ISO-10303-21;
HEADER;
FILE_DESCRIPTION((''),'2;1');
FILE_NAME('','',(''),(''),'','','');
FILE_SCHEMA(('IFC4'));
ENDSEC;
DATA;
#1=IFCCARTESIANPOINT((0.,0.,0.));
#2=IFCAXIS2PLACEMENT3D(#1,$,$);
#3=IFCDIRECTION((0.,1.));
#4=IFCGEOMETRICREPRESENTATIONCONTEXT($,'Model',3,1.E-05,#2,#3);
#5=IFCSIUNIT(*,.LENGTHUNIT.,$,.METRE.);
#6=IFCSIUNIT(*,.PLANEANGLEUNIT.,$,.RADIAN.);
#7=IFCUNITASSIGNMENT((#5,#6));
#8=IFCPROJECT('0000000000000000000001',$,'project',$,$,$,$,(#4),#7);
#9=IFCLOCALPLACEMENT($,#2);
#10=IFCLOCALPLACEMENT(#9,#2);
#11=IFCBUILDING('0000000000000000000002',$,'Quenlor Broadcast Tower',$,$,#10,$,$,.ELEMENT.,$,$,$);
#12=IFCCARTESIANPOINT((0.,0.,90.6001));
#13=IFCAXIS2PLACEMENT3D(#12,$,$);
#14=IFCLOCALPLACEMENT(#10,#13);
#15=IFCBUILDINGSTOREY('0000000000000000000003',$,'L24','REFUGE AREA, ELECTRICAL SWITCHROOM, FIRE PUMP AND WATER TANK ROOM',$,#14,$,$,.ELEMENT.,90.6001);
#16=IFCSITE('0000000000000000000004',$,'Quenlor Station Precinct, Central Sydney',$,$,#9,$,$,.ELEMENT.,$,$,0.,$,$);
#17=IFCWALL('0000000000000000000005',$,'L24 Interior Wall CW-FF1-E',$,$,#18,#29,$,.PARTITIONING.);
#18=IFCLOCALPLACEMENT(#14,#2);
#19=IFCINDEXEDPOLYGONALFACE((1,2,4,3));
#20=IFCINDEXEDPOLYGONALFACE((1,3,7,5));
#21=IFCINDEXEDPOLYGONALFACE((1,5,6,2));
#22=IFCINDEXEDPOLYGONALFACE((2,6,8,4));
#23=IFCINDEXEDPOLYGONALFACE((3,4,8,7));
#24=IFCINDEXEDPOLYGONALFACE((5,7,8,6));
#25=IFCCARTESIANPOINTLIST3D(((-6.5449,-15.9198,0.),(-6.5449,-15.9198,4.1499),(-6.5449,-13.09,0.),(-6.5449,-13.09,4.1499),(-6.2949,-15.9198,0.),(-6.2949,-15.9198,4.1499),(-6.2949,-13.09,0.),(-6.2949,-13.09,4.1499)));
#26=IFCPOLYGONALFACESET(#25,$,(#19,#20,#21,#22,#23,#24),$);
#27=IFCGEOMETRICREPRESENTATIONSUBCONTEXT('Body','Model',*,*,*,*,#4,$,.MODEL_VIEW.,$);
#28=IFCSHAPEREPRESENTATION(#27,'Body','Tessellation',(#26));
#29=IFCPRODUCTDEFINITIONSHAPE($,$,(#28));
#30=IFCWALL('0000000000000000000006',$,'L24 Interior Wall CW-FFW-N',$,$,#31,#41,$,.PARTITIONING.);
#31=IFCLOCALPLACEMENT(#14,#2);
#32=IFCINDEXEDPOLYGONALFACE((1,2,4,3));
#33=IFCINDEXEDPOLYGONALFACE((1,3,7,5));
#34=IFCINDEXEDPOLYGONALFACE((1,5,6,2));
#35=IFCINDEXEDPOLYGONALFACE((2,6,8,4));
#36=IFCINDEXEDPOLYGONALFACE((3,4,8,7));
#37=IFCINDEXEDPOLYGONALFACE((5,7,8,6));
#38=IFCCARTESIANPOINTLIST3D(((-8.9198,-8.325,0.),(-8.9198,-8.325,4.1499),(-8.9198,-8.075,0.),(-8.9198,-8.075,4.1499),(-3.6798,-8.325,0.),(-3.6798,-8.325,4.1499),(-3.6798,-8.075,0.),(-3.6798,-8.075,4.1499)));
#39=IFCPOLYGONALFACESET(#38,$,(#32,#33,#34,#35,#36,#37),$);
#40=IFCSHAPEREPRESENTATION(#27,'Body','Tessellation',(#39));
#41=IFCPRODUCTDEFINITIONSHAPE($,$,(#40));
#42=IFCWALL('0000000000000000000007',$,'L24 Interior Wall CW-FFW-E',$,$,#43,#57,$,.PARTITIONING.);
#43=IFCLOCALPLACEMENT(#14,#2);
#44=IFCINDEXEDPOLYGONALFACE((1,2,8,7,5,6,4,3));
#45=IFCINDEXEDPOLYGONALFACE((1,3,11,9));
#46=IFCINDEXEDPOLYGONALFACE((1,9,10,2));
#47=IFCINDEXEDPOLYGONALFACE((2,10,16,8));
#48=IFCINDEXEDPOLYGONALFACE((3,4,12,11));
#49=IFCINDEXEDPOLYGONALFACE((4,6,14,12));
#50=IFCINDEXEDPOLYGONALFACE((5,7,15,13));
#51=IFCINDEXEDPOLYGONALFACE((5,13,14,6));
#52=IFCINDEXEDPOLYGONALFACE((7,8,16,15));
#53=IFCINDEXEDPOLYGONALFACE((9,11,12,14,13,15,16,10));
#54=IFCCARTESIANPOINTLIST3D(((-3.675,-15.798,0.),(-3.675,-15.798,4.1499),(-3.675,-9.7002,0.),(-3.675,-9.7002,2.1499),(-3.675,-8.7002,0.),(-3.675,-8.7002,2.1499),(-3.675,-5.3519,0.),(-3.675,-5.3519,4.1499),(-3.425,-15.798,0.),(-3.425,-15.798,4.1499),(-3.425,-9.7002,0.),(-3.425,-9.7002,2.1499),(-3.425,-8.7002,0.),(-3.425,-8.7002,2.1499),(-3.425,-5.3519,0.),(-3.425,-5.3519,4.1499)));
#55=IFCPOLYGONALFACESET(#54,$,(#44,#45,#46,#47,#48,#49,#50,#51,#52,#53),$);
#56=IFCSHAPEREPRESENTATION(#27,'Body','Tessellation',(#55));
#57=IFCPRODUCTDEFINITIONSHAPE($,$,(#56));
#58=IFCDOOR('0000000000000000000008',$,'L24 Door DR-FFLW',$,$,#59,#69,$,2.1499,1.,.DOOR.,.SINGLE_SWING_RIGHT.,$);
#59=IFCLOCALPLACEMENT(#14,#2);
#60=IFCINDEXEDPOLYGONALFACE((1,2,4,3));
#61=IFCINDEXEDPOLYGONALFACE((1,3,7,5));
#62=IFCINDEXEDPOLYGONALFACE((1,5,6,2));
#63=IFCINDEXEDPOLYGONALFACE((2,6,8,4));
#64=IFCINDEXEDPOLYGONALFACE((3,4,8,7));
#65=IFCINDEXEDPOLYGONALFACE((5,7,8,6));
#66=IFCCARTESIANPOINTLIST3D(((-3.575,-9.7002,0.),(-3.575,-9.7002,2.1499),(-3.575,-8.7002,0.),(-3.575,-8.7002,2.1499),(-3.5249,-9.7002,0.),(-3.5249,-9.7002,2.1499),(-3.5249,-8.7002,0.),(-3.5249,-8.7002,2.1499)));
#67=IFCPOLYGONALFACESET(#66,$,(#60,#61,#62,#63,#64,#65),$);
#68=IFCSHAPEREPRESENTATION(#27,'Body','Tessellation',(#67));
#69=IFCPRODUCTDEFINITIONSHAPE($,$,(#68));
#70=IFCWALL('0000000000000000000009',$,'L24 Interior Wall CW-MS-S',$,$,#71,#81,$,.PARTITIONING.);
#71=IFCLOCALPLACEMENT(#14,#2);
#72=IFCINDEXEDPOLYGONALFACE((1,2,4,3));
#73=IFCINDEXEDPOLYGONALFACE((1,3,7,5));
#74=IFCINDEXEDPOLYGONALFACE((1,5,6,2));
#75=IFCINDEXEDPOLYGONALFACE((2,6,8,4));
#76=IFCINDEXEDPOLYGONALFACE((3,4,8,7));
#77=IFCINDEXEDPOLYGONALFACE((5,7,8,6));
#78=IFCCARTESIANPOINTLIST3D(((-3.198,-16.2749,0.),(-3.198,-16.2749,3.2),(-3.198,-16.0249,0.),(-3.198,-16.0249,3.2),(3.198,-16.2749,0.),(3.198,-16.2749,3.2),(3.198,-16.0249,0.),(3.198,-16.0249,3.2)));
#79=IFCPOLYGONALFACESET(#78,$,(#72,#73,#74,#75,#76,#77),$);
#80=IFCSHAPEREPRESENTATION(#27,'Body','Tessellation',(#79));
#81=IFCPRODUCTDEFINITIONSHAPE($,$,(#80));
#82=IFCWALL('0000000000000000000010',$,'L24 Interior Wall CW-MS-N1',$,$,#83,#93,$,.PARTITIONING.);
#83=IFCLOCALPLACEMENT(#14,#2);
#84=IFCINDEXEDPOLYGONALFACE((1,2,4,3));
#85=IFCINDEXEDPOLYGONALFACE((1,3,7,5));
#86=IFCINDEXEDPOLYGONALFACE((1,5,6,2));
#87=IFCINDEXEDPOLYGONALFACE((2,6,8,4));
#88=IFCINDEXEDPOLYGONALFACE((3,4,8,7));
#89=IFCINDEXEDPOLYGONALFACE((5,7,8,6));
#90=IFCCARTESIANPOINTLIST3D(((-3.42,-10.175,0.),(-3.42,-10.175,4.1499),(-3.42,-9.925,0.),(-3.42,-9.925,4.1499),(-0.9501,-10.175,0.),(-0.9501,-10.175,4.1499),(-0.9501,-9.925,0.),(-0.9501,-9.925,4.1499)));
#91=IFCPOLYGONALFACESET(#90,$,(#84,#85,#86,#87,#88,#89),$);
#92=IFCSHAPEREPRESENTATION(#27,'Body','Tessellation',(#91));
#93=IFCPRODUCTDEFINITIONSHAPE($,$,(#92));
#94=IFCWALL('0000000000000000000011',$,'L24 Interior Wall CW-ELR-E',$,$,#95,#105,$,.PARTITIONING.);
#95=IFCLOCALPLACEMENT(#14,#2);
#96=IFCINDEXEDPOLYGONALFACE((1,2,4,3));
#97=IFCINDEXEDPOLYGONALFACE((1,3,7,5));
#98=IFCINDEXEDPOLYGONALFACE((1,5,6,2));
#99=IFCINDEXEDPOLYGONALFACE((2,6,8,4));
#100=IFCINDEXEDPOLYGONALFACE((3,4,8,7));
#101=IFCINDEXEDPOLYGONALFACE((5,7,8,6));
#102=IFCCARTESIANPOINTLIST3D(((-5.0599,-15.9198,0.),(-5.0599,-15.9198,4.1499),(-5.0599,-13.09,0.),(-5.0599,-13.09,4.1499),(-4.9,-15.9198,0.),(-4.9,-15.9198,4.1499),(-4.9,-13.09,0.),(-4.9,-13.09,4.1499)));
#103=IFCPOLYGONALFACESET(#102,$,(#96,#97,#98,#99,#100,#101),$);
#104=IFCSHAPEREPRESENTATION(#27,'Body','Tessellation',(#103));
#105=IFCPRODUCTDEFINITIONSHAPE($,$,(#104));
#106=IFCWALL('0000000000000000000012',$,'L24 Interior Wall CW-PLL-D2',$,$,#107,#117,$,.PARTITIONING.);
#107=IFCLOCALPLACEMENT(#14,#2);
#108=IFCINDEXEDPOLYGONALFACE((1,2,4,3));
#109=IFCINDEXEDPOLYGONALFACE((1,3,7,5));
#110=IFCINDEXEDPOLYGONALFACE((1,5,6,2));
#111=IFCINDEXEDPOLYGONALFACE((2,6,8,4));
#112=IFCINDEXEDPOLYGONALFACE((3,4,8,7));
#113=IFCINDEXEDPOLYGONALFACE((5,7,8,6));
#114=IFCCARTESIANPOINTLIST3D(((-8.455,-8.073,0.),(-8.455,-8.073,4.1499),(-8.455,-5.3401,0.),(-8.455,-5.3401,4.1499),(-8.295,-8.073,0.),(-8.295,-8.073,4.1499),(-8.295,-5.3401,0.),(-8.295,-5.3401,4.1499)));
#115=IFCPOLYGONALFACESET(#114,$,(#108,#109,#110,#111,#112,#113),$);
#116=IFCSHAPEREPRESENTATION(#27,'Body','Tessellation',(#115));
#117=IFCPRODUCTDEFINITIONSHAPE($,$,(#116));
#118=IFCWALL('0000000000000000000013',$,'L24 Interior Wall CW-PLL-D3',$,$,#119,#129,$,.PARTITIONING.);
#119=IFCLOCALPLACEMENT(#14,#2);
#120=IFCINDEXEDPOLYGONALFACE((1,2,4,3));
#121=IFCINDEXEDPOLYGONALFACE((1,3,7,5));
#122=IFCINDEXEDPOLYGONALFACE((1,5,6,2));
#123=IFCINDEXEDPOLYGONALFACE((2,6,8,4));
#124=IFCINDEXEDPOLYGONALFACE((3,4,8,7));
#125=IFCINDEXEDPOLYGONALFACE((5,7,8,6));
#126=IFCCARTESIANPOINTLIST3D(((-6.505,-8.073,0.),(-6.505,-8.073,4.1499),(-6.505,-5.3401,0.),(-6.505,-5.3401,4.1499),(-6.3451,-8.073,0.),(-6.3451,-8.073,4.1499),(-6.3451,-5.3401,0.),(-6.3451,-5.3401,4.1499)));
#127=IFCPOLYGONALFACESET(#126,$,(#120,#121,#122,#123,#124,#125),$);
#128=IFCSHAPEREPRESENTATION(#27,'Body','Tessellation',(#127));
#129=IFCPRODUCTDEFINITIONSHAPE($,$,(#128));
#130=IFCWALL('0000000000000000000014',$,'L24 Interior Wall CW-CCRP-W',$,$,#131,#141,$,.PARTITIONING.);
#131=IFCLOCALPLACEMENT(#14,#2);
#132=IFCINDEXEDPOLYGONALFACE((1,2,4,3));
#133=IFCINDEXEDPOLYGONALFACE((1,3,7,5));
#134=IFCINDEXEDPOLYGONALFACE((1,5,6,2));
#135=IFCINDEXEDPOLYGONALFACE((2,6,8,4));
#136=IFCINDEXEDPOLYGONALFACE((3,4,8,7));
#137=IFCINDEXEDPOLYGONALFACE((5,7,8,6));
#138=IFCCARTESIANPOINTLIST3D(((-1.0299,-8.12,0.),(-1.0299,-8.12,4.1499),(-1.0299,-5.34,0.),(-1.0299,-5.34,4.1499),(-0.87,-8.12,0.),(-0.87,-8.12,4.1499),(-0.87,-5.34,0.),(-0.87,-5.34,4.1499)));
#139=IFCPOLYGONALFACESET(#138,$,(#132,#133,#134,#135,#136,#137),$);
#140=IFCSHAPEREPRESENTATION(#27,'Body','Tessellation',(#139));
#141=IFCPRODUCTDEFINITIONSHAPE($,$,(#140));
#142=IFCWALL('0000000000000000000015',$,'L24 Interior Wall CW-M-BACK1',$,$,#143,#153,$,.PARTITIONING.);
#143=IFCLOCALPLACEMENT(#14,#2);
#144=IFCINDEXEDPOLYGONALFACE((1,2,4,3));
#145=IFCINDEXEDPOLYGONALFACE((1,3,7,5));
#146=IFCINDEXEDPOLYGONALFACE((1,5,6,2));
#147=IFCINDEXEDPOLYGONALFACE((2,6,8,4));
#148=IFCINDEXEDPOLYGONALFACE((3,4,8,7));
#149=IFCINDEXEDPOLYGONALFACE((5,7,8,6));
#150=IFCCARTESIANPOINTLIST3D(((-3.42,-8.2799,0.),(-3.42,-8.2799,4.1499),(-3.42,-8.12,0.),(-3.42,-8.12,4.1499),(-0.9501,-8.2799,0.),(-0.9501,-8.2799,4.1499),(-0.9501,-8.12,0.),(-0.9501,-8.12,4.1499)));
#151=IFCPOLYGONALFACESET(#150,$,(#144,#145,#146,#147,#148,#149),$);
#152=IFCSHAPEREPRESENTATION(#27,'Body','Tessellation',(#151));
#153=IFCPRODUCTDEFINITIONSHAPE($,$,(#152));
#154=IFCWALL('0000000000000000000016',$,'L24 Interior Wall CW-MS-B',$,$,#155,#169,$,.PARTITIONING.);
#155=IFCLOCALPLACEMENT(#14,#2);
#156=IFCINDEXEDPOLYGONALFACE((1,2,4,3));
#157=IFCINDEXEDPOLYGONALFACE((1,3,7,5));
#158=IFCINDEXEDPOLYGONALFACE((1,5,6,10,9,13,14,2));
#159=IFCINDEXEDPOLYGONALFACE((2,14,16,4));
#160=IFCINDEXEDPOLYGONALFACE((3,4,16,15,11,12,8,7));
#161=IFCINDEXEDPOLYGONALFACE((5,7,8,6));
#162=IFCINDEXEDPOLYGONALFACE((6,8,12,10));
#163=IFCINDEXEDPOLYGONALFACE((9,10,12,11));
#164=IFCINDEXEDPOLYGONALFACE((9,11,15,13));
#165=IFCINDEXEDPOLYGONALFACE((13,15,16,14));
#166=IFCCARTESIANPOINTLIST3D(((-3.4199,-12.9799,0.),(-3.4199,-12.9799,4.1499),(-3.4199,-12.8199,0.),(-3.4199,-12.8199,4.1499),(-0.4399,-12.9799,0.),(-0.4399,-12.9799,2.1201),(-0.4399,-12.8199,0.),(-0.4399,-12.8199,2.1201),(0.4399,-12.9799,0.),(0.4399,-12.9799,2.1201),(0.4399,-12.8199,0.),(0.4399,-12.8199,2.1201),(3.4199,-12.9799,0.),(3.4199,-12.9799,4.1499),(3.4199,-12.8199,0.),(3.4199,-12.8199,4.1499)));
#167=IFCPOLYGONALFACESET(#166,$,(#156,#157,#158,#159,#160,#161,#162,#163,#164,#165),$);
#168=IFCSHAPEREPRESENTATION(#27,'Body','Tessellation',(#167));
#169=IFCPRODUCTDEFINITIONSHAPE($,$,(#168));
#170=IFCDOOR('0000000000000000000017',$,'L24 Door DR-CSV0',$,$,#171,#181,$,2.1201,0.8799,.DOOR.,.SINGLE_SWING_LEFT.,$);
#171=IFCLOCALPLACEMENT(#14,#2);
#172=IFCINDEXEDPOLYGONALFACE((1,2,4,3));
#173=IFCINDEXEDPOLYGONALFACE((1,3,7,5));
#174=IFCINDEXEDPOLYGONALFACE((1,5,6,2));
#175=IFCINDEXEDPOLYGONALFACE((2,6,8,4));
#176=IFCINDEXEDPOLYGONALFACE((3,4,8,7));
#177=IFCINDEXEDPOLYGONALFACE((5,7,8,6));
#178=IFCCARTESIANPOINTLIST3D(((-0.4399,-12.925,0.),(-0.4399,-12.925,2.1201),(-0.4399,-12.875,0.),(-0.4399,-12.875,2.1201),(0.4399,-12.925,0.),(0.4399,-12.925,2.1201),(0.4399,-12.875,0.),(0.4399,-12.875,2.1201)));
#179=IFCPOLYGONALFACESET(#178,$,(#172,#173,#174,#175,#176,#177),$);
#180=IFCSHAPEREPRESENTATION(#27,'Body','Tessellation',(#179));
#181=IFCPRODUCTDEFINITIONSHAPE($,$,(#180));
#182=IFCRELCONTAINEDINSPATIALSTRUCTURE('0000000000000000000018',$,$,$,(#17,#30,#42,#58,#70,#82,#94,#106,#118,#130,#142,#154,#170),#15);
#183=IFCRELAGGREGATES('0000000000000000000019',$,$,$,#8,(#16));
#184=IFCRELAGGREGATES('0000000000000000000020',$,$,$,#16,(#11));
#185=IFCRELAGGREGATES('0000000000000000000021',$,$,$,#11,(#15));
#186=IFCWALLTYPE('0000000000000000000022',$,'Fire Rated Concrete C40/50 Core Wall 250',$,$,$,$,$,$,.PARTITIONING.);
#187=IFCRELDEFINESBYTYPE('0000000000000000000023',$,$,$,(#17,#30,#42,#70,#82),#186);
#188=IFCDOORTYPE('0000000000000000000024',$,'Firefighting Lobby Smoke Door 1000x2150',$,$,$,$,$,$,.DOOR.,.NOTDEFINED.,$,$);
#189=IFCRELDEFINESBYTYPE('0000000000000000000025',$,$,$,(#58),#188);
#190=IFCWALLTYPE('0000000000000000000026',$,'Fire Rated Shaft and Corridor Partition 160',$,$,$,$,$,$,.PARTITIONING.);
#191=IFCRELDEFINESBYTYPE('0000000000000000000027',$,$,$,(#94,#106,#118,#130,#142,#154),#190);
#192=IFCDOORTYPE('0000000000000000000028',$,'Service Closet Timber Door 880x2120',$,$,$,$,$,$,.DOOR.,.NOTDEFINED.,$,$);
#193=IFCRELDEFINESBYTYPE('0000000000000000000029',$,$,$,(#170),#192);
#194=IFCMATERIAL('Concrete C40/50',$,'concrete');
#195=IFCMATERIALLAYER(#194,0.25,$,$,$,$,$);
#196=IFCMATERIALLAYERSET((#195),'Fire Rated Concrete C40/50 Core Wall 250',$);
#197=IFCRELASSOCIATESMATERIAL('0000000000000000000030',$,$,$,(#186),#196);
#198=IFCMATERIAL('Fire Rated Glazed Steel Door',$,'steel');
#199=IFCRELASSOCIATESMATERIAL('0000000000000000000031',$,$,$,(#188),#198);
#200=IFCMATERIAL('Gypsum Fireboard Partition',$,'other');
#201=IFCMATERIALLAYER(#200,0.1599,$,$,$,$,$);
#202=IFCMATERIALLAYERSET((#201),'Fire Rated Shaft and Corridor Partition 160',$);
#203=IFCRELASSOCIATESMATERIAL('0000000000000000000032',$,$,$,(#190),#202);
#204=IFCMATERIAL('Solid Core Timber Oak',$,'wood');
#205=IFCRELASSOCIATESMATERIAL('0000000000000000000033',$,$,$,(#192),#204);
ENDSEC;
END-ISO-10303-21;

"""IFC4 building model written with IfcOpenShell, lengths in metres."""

from ifc_helpers import new_model, si_unit, direction, frame, frame_2d, origin, place, context, subcontext, project, spatial, rectangle, extrude, material, layer, layer_set, type_object, element, fill, save


model = new_model("IFC4")

# Units and contexts
model_context = context("Model", 3, precision=1e-05, world=origin(), true_north=direction((0.0, 1.0)))
body_context = subcontext(model_context, "Body", "Model", "MODEL_VIEW")
ifc_project = project(units=[si_unit("LENGTHUNIT", "METRE"), si_unit("PLANEANGLEUNIT", "RADIAN")], contexts=[model_context])

# Site, building, storey
site_placement = place(None, origin())
site = spatial("IfcSite", under=ifc_project, at=site_placement, Name="Quenlor Station Precinct, Central Sydney", CompositionType="ELEMENT", RefElevation=0.0)
building_placement = place(site_placement, origin())
building = spatial("IfcBuilding", under=site, at=building_placement, Name="Quenlor Broadcast Tower", CompositionType="ELEMENT")
storey_placement = place(building_placement, frame((0.0, 0.0, 90.6001)))
storey = spatial("IfcBuildingStorey", under=building, at=storey_placement, Name="L24", Description="REFUGE AREA, ELECTRICAL SWITCHROOM, FIRE PUMP AND WATER TANK ROOM", CompositionType="ELEMENT", Elevation=90.6001)

# Shared definitions
ifc_material_1 = material(Name="Concrete C40/50", Category="concrete")
ifc_layer_1 = layer(ifc_material_1, 0.25)
ifc_layer_set_1 = layer_set([ifc_layer_1], Name="Fire Rated Concrete C40/50 Core Wall 250")
wall_type_1 = type_object("IfcWallType", Name="Fire Rated Concrete C40/50 Core Wall 250", PredefinedType="PARTITIONING", material=ifc_layer_set_1)

# Walls
wall_1_placement = place(storey_placement, frame((-6.4199, -15.9199, 0.0), z_axis=(0.0, 0.0, 1.0), x_axis=(0.0, 1.0, 0.0)))
element("IfcWall", 1, at=wall_1_placement, inside=storey, type_object=wall_type_1, Name="L24 Interior Wall CW-FF1-E", PredefinedType="PARTITIONING", context=body_context, shape_type="SweptSolid", body=[
    extrude(rectangle(XDim=2.8298, YDim=0.25, at=frame_2d((1.415, 0.0))), origin(), (0.0, 0.0, 1.0), 4.1499),
])
wall_2_placement = place(storey_placement, frame((-8.9199, -8.2, 0.0), z_axis=(0.0, 0.0, 1.0), x_axis=(1.0, 0.0, 0.0)))
element("IfcWall", 2, at=wall_2_placement, inside=storey, type_object=wall_type_1, Name="L24 Interior Wall CW-FFW-N", PredefinedType="PARTITIONING", context=body_context, shape_type="SweptSolid", body=[
    extrude(rectangle(XDim=5.24, YDim=0.25, at=frame_2d((2.6201, 0.0))), origin(), (0.0, 0.0, 1.0), 4.1499),
])

# Wall, opening, door
wall_3_placement = place(storey_placement, frame((-3.55, -15.7981, 0.0), z_axis=(0.0, 0.0, 1.0), x_axis=(0.0, 1.0, 0.0)))
wall_3 = element("IfcWall", 3, at=wall_3_placement, inside=storey, type_object=wall_type_1, Name="L24 Interior Wall CW-FFW-E", PredefinedType="PARTITIONING", context=body_context, shape_type="SweptSolid", body=[
    extrude(rectangle(XDim=10.446, YDim=0.25, at=frame_2d((5.2231, 0.0))), origin(), (0.0, 0.0, 1.0), 4.1499),
])
opening_1_placement = place(wall_3_placement, frame((6.0979, 0.0, 0.0)))
opening_1 = element("IfcOpeningElement", 4, at=opening_1_placement, cuts=wall_3, PredefinedType="OPENING", context=body_context, shape_type="SweptSolid", body=[
    extrude(rectangle(XDim=1.0, YDim=2.1499, at=frame_2d((0.5, 1.075))), frame((0.0, 0.135, 0.0), z_axis=(0.0, -1.0, 0.0), x_axis=(1.0, 0.0, 0.0)), (0.0, 0.0, 1.0), 0.27),
])
ifc_material_2 = material(Name="Fire Rated Glazed Steel Door", Category="steel")
door_type_1 = type_object("IfcDoorType", Name="Firefighting Lobby Smoke Door 1000x2150", OperationType="NOTDEFINED", PredefinedType="DOOR", material=ifc_material_2)
door_1_placement = place(opening_1_placement, origin())
door_1 = element("IfcDoor", 5, at=door_1_placement, inside=storey, type_object=door_type_1, Name="L24 Door DR-FFLW", OperationType="SINGLE_SWING_RIGHT", OverallHeight=2.1499, OverallWidth=1.0, PredefinedType="DOOR", context=body_context, shape_type="SweptSolid", body=[
    extrude(rectangle(XDim=1.0, YDim=2.1499, at=frame_2d((0.5, 1.075))), frame((0.0, 0.0249, 0.0), z_axis=(0.0, -1.0, 0.0), x_axis=(1.0, 0.0, 0.0)), (0.0, 0.0, 1.0), 0.05),
])
fill(opening_1, door_1)

# Walls
wall_4_placement = place(storey_placement, frame((-3.198, -16.1499, 0.0), z_axis=(0.0, 0.0, 1.0), x_axis=(1.0, 0.0, 0.0)))
element("IfcWall", 6, at=wall_4_placement, inside=storey, type_object=wall_type_1, Name="L24 Interior Wall CW-MS-S", PredefinedType="PARTITIONING", context=body_context, shape_type="SweptSolid", body=[
    extrude(rectangle(XDim=6.396, YDim=0.25, at=frame_2d((3.198, 0.0))), origin(), (0.0, 0.0, 1.0), 3.2),
])
wall_5_placement = place(storey_placement, frame((-3.4199, -10.05, 0.0), z_axis=(0.0, 0.0, 1.0), x_axis=(1.0, 0.0, 0.0)))
element("IfcWall", 7, at=wall_5_placement, inside=storey, type_object=wall_type_1, Name="L24 Interior Wall CW-MS-N1", PredefinedType="PARTITIONING", context=body_context, shape_type="SweptSolid", body=[
    extrude(rectangle(XDim=2.47, YDim=0.25, at=frame_2d((1.2349, 0.0))), origin(), (0.0, 0.0, 1.0), 4.1499),
])
ifc_material_3 = material(Name="Gypsum Fireboard Partition", Category="other")
ifc_layer_2 = layer(ifc_material_3, 0.1599)
ifc_layer_set_2 = layer_set([ifc_layer_2], Name="Fire Rated Shaft and Corridor Partition 160")
wall_type_2 = type_object("IfcWallType", Name="Fire Rated Shaft and Corridor Partition 160", PredefinedType="PARTITIONING", material=ifc_layer_set_2)
wall_6_placement = place(storey_placement, frame((-4.98, -15.9199, 0.0), z_axis=(0.0, 0.0, 1.0), x_axis=(0.0, 1.0, 0.0)))
element("IfcWall", 8, at=wall_6_placement, inside=storey, type_object=wall_type_2, Name="L24 Interior Wall CW-ELR-E", PredefinedType="PARTITIONING", context=body_context, shape_type="SweptSolid", body=[
    extrude(rectangle(XDim=2.8298, YDim=0.1599, at=frame_2d((1.415, 0.0))), origin(), (0.0, 0.0, 1.0), 4.1499),
])
for number, where, z_axis, x_axis, name in (
    (9, (-8.375, -8.073, 0.0), (0.0, 0.0, 1.0), (0.0, 1.0, 0.0), "L24 Interior Wall CW-PLL-D2"),
    (10, (-6.425, -8.073, 0.0), (0.0, 0.0, 1.0), (0.0, 1.0, 0.0), "L24 Interior Wall CW-PLL-D3"),
):
    element("IfcWall", number, at=place(storey_placement, frame(where, z_axis=z_axis, x_axis=x_axis)), inside=storey, type_object=wall_type_2, Name=name, PredefinedType="PARTITIONING", context=body_context, shape_type="SweptSolid", body=[
        extrude(rectangle(XDim=2.7329, YDim=0.1599, at=frame_2d((1.3665, 0.0))), origin(), (0.0, 0.0, 1.0), 4.1499),
    ])
wall_7_placement = place(storey_placement, frame((-0.95, -8.1201, 0.0), z_axis=(0.0, 0.0, 1.0), x_axis=(0.0, 1.0, 0.0)))
element("IfcWall", 11, at=wall_7_placement, inside=storey, type_object=wall_type_2, Name="L24 Interior Wall CW-CCRP-W", PredefinedType="PARTITIONING", context=body_context, shape_type="SweptSolid", body=[
    extrude(rectangle(XDim=2.78, YDim=0.1599, at=frame_2d((1.3901, 0.0))), origin(), (0.0, 0.0, 1.0), 4.1499),
])
wall_8_placement = place(storey_placement, frame((-3.4199, -8.2, 0.0), z_axis=(0.0, 0.0, 1.0), x_axis=(1.0, 0.0, 0.0)))
element("IfcWall", 12, at=wall_8_placement, inside=storey, type_object=wall_type_2, Name="L24 Interior Wall CW-M-BACK1", PredefinedType="PARTITIONING", context=body_context, shape_type="SweptSolid", body=[
    extrude(rectangle(XDim=2.47, YDim=0.1599, at=frame_2d((1.2349, 0.0))), origin(), (0.0, 0.0, 1.0), 4.1499),
])

# Wall, opening, door
wall_9_placement = place(storey_placement, frame((-3.4199, -12.8999, 0.0), z_axis=(0.0, 0.0, 1.0), x_axis=(1.0, 0.0, 0.0)))
wall_9 = element("IfcWall", 13, at=wall_9_placement, inside=storey, type_object=wall_type_2, Name="L24 Interior Wall CW-MS-B", PredefinedType="PARTITIONING", context=body_context, shape_type="SweptSolid", body=[
    extrude(rectangle(XDim=6.8398, YDim=0.1599, at=frame_2d((3.4199, 0.0))), origin(), (0.0, 0.0, 1.0), 4.1499),
])
opening_2_placement = place(wall_9_placement, frame((2.98, 0.0, 0.0)))
opening_2 = element("IfcOpeningElement", 14, at=opening_2_placement, cuts=wall_9, PredefinedType="OPENING", context=body_context, shape_type="SweptSolid", body=[
    extrude(rectangle(XDim=0.8799, YDim=2.1201, at=frame_2d((0.4399, 1.0601))), frame((0.0, 0.0898, 0.0), z_axis=(0.0, -1.0, 0.0), x_axis=(1.0, 0.0, 0.0)), (0.0, 0.0, 1.0), 0.1799),
])
ifc_material_4 = material(Name="Solid Core Timber Oak", Category="wood")
door_type_2 = type_object("IfcDoorType", Name="Service Closet Timber Door 880x2120", OperationType="NOTDEFINED", PredefinedType="DOOR", material=ifc_material_4)
door_2_placement = place(opening_2_placement, origin())
door_2 = element("IfcDoor", 15, at=door_2_placement, inside=storey, type_object=door_type_2, Name="L24 Door DR-CSV0", OperationType="SINGLE_SWING_LEFT", OverallHeight=2.1201, OverallWidth=0.8799, PredefinedType="DOOR", context=body_context, shape_type="SweptSolid", body=[
    extrude(rectangle(XDim=0.8799, YDim=2.1201, at=frame_2d((0.4399, 1.0601))), frame((0.0, 0.0249, 0.0), z_axis=(0.0, -1.0, 0.0), x_axis=(1.0, 0.0, 0.0)), (0.0, 0.0, 1.0), 0.05),
])
fill(opening_2, door_2)

save(model, "model.ifc")
